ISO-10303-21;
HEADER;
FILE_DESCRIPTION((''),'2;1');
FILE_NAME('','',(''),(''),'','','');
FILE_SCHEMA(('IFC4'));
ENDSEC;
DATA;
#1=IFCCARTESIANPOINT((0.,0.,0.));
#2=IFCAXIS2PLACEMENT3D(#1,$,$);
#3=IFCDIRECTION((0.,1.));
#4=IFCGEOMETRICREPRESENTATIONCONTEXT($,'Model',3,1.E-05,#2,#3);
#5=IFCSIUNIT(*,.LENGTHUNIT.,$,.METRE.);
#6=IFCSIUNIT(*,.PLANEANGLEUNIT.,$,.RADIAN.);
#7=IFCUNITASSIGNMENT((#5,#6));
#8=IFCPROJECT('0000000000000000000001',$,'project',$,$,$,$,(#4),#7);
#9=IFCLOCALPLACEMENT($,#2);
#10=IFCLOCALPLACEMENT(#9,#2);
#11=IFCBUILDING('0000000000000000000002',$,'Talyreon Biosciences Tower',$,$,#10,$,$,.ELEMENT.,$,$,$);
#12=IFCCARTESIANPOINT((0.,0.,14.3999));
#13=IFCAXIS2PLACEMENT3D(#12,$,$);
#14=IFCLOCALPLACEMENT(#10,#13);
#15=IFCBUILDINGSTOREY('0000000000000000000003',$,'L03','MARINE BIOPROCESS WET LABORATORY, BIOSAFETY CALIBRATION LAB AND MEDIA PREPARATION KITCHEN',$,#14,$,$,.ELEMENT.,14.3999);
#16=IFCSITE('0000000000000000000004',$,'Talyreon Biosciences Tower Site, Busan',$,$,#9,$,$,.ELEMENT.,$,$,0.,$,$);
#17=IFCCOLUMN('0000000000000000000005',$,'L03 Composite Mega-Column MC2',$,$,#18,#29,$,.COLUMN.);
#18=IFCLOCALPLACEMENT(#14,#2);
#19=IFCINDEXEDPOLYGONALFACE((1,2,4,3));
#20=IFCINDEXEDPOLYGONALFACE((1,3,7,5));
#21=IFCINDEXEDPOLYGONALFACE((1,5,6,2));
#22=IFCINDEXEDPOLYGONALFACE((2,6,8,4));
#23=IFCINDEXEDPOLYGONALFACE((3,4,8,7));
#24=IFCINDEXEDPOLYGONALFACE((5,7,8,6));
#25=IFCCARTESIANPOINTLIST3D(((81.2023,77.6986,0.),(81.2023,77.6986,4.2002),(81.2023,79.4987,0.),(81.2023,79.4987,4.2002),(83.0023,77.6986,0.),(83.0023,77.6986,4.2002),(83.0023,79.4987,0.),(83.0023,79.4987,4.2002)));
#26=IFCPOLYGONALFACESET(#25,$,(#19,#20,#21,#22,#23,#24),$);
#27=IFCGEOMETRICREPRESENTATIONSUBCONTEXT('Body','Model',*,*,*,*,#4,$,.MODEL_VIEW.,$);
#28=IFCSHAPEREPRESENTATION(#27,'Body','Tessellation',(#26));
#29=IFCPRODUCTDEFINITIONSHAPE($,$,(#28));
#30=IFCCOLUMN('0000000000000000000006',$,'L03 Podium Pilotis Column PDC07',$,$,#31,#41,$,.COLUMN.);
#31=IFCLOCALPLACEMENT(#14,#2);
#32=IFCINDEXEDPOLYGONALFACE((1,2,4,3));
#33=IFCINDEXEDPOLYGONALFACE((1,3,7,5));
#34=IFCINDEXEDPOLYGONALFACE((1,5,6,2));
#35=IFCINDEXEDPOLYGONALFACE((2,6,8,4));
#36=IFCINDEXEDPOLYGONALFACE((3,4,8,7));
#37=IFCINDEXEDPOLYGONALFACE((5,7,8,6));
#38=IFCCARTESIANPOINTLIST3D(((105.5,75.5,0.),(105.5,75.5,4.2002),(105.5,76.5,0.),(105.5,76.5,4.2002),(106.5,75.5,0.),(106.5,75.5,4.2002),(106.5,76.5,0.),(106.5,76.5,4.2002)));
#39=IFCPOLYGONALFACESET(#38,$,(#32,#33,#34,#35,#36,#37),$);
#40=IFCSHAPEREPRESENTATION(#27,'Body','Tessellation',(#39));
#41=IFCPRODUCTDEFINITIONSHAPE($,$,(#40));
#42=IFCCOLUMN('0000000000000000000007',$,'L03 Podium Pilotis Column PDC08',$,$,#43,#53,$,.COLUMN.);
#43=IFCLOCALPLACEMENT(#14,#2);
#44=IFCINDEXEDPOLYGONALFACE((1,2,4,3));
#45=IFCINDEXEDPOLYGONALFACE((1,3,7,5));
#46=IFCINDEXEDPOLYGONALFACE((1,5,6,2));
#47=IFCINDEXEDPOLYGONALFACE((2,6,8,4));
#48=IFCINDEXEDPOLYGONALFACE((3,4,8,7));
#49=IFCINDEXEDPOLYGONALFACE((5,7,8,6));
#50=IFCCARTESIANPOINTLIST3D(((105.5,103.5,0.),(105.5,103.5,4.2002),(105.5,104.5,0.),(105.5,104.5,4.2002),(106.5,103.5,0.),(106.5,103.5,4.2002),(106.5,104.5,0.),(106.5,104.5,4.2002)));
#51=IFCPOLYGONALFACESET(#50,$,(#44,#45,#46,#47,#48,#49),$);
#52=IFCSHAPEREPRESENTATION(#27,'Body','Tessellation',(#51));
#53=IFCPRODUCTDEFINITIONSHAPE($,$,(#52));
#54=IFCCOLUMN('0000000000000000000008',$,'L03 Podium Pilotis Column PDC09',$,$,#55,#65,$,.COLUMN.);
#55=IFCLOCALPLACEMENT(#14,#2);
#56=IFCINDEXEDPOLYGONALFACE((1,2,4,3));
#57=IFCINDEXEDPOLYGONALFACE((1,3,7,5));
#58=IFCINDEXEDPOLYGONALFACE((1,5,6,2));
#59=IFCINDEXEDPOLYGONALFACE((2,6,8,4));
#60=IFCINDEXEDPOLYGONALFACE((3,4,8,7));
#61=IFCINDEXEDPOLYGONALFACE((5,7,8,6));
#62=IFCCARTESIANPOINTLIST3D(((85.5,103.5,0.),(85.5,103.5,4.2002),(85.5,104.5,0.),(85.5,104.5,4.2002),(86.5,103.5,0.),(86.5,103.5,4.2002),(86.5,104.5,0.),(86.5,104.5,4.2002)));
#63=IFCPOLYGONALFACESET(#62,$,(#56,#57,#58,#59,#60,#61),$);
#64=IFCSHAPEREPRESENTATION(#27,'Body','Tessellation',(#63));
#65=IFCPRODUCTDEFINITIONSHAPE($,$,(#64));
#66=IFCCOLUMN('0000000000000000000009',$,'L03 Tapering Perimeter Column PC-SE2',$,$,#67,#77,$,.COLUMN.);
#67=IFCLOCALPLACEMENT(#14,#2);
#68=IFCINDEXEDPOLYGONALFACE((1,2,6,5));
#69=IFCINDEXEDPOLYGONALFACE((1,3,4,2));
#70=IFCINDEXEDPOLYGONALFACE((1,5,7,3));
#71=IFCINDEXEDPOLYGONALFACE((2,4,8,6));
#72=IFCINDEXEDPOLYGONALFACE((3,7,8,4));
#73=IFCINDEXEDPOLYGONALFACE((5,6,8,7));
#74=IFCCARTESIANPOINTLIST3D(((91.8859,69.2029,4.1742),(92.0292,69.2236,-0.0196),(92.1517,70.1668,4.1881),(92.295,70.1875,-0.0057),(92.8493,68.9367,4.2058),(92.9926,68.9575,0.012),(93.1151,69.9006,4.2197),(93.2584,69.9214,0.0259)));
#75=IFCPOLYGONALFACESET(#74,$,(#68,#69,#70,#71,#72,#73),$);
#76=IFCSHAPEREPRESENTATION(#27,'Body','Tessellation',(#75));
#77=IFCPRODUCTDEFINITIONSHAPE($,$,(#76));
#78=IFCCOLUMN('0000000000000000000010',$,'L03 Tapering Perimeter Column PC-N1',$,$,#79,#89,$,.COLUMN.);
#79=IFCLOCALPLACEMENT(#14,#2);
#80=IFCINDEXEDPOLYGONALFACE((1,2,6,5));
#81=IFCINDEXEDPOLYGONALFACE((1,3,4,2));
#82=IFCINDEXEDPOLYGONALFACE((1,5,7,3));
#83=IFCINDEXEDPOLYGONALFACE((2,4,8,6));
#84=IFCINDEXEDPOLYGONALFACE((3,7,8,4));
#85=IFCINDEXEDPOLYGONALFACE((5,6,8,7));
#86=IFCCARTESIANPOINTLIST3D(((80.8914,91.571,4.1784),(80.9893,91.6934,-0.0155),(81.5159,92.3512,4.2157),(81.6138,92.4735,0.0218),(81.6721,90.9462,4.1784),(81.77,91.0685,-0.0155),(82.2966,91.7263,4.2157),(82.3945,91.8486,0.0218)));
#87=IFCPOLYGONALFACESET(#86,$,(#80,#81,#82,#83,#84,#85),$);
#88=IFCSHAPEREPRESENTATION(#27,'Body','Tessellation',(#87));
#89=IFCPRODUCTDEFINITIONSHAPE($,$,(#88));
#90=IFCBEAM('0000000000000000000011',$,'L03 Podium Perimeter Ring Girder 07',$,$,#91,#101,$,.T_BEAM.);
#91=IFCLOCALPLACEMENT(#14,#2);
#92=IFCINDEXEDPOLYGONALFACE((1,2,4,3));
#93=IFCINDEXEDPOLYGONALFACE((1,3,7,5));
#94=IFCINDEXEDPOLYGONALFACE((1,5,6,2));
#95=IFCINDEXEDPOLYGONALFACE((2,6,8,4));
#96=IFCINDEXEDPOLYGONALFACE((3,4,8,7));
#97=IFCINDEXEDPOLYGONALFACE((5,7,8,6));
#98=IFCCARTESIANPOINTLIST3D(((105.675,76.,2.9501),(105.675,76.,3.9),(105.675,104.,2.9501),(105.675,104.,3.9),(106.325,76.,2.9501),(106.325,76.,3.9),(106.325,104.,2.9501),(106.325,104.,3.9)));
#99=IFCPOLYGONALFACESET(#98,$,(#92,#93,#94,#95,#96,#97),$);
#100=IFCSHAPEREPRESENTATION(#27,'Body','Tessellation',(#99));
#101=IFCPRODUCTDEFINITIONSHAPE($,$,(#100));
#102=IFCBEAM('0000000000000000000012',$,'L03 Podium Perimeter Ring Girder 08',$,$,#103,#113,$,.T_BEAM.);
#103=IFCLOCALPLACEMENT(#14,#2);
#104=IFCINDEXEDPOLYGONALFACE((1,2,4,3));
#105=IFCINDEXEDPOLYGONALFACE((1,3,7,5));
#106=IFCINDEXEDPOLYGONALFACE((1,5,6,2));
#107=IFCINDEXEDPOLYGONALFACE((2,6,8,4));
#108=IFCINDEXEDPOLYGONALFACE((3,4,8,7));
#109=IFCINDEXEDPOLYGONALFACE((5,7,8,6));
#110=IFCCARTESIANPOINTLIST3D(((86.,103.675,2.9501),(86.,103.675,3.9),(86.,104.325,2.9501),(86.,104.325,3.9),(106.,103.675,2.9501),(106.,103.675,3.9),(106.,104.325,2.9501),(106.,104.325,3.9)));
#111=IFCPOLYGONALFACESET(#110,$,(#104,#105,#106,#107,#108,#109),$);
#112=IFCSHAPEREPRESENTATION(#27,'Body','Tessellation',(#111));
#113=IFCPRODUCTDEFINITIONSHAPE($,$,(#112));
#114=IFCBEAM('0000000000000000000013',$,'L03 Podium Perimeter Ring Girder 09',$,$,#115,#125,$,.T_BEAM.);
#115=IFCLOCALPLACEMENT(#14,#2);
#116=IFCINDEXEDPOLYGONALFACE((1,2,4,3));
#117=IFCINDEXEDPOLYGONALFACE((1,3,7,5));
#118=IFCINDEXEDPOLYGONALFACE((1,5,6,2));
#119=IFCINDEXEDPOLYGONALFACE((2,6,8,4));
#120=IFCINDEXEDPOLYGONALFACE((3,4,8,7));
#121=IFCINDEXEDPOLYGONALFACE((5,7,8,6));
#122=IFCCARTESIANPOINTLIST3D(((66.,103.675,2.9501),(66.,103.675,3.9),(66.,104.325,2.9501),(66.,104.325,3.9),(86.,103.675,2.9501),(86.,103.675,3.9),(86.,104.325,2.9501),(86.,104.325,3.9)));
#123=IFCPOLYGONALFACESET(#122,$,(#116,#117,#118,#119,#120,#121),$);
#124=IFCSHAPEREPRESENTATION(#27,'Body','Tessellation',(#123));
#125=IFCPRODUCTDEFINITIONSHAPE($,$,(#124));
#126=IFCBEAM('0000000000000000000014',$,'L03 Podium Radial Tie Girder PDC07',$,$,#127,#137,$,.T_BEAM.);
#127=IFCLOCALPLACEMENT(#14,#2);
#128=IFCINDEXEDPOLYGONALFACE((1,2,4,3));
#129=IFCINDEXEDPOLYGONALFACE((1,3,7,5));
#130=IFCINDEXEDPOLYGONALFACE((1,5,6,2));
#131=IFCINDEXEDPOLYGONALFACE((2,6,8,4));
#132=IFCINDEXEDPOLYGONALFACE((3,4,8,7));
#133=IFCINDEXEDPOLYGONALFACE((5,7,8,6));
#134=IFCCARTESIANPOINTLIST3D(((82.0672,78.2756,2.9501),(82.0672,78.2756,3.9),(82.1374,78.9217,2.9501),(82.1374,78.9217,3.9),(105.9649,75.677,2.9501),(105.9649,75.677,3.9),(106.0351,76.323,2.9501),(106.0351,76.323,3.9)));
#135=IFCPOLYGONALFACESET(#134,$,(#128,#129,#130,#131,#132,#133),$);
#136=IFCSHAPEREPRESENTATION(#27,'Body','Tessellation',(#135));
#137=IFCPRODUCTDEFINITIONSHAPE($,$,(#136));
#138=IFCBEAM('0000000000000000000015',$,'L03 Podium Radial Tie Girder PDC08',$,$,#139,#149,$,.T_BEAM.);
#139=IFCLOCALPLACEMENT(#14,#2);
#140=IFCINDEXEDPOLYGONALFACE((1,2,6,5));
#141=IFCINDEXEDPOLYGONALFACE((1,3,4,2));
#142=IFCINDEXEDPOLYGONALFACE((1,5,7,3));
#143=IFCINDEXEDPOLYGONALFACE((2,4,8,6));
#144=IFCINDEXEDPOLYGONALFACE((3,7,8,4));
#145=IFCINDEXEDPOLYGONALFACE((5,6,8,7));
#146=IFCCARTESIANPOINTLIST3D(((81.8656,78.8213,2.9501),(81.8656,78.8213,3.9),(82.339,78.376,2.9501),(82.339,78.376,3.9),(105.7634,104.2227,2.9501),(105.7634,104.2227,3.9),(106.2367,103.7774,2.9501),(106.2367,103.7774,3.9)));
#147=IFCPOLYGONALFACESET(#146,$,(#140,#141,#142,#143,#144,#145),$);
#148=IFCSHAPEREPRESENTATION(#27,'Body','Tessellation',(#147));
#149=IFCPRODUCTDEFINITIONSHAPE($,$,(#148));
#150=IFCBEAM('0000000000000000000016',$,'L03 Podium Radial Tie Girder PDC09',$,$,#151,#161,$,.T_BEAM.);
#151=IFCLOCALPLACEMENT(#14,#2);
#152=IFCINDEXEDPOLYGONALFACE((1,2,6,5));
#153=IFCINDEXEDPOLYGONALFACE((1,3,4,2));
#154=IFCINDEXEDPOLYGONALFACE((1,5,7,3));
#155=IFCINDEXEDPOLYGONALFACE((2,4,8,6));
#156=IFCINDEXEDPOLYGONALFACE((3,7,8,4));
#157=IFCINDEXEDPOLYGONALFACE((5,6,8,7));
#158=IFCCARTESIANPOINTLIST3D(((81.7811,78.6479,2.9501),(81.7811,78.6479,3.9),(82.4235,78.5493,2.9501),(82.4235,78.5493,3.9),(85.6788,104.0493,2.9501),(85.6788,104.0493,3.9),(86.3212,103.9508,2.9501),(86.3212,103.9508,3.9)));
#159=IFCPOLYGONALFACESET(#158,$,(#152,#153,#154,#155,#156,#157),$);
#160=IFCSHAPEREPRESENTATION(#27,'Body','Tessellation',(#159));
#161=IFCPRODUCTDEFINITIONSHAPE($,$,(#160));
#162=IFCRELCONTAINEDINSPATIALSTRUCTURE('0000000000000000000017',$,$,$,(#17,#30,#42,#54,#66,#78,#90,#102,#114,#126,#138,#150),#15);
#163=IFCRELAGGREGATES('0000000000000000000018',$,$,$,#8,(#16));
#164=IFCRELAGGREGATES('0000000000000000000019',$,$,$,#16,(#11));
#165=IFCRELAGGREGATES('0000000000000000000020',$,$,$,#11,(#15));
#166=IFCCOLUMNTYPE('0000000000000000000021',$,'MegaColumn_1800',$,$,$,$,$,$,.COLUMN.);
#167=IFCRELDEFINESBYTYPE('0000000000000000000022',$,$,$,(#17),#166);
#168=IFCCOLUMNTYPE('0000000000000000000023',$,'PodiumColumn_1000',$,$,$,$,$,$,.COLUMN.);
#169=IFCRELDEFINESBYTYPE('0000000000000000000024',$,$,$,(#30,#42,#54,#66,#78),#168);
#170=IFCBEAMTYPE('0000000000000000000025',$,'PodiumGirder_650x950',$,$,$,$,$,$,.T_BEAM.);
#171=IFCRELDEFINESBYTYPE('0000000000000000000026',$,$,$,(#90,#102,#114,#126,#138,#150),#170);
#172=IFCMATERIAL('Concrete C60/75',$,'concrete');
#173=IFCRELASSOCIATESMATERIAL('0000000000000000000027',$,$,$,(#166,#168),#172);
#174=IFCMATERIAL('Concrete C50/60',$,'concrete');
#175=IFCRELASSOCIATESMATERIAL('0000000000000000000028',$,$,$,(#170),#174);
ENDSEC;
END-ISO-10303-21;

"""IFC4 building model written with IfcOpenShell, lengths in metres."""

from ifc_helpers import new_model, si_unit, direction, frame, origin, origin_2d, place, context, subcontext, project, spatial, rectangle, extrude, material, material_profile, profile_set, type_object, element, save


model = new_model("IFC4")

# Units and contexts
model_context = context("Model", 3, precision=1e-05, world=origin(), true_north=direction((0.0, 1.0)))
body_context = subcontext(model_context, "Body", "Model", "MODEL_VIEW")
ifc_project = project(units=[si_unit("LENGTHUNIT", "METRE"), si_unit("PLANEANGLEUNIT", "RADIAN")], contexts=[model_context])

# Site, building, storey
site_placement = place(None, origin())
site = spatial("IfcSite", under=ifc_project, at=site_placement, Name="Talyreon Biosciences Tower Site, Busan", CompositionType="ELEMENT", RefElevation=0.0)
building_placement = place(site_placement, origin())
building = spatial("IfcBuilding", under=site, at=building_placement, Name="Talyreon Biosciences Tower", CompositionType="ELEMENT")
storey_placement = place(building_placement, frame((0.0, 0.0, 14.3999)))
storey = spatial("IfcBuildingStorey", under=building, at=storey_placement, Name="L03", Description="MARINE BIOPROCESS WET LABORATORY, BIOSAFETY CALIBRATION LAB AND MEDIA PREPARATION KITCHEN", CompositionType="ELEMENT", Elevation=14.3999)

# Columns
ifc_material_1 = material(Name="Concrete C60/75", Category="concrete")
ifc_material_profile_1 = material_profile(ifc_material_1, rectangle(XDim=1.8, YDim=1.8, at=origin_2d()), Name="RC 1800x1800")
ifc_profile_set_1 = profile_set([ifc_material_profile_1], Name="Concrete C60/75")
column_type_1 = type_object("IfcColumnType", Name="MegaColumn_1800", PredefinedType="COLUMN", material=ifc_profile_set_1)
column_1_placement = place(storey_placement, frame((82.1023, 78.5986, 0.0), z_axis=(0.0, 0.0, 1.0), x_axis=(1.0, 0.0, 0.0)))
element("IfcColumn", 1, at=column_1_placement, inside=storey, type_object=column_type_1, Name="L03 Composite Mega-Column MC2", PredefinedType="COLUMN", context=body_context, shape_type="SweptSolid", body=[
    extrude(rectangle(XDim=1.8, YDim=1.8, at=origin_2d()), origin(), (0.0, 0.0, 1.0), 4.2002),
])
ifc_material_profile_2 = material_profile(ifc_material_1, rectangle(XDim=1.0, YDim=1.0, at=origin_2d()), Name="RC 1000x1000")
ifc_profile_set_2 = profile_set([ifc_material_profile_2], Name="Concrete C60/75")
column_type_2 = type_object("IfcColumnType", Name="PodiumColumn_1000", PredefinedType="COLUMN", material=ifc_profile_set_2)
for number, where, z_axis, x_axis, name in (
    (2, (106.0, 76.0, 0.0), (0.0, 0.0, 1.0), (1.0, 0.0, 0.0), "L03 Podium Pilotis Column PDC07"),
    (3, (106.0, 104.0, 0.0), (0.0, 0.0, 1.0), (1.0, 0.0, 0.0), "L03 Podium Pilotis Column PDC08"),
    (4, (86.0, 104.0, 0.0), (0.0, 0.0, 1.0), (1.0, 0.0, 0.0), "L03 Podium Pilotis Column PDC09"),
):
    element("IfcColumn", number, at=place(storey_placement, frame(where, z_axis=z_axis, x_axis=x_axis)), inside=storey, type_object=column_type_2, Name=name, PredefinedType="COLUMN", context=body_context, shape_type="SweptSolid", body=[
        extrude(rectangle(XDim=1.0, YDim=1.0, at=origin_2d()), origin(), (0.0, 0.0, 1.0), 4.2002),
    ])
column_2_placement = place(storey_placement, frame((92.6438, 69.5725, 0.0032), z_axis=(-0.034151, -0.004945, 0.999404), x_axis=(0.963414, -0.266149, 0.031604)))
element("IfcColumn", 5, at=column_2_placement, inside=storey, type_object=column_type_2, Name="L03 Tapering Perimeter Column PC-SE2", PredefinedType="COLUMN", context=body_context, shape_type="SweptSolid", body=[
    extrude(rectangle(XDim=1.0, YDim=1.0, at=origin_2d()), origin(), (0.0, 0.0, 1.0), 4.1963),
])
column_3_placement = place(storey_placement, frame((81.6919, 91.771, 0.0032), z_axis=(-0.023328, -0.029145, 0.999303), x_axis=(-0.780717, 0.624885, 0.0)))
element("IfcColumn", 6, at=column_3_placement, inside=storey, type_object=column_type_2, Name="L03 Tapering Perimeter Column PC-N1", PredefinedType="COLUMN", context=body_context, shape_type="SweptSolid", body=[
    extrude(rectangle(XDim=1.0, YDim=1.0, at=origin_2d()), origin(), (0.0, 0.0, 1.0), 4.1968),
])

# Beams
ifc_material_2 = material(Name="Concrete C50/60", Category="concrete")
ifc_material_profile_3 = material_profile(ifc_material_2, rectangle(XDim=0.6499, YDim=0.95, at=origin_2d()), Name="RCB 650x950")
ifc_profile_set_3 = profile_set([ifc_material_profile_3], Name="Concrete C50/60")
beam_type_1 = type_object("IfcBeamType", Name="PodiumGirder_650x950", PredefinedType="T_BEAM", material=ifc_profile_set_3)
beam_1_placement = place(storey_placement, frame((106.0, 76.0, 3.425), z_axis=(0.0, 1.0, 0.0), x_axis=(-1.0, 0.0, 0.0)))
element("IfcBeam", 7, at=beam_1_placement, inside=storey, type_object=beam_type_1, Name="L03 Podium Perimeter Ring Girder 07", PredefinedType="T_BEAM", context=body_context, shape_type="SweptSolid", body=[
    extrude(rectangle(XDim=0.6499, YDim=0.95, at=origin_2d()), origin(), (0.0, 0.0, 1.0), 28.0),
])
for number, where, z_axis, x_axis, name in (
    (8, (106.0, 104.0, 3.425), (-1.0, 0.0, 0.0), (0.0, -1.0, 0.0), "L03 Podium Perimeter Ring Girder 08"),
    (9, (86.0, 104.0, 3.425), (-1.0, 0.0, 0.0), (0.0, -1.0, 0.0), "L03 Podium Perimeter Ring Girder 09"),
):
    element("IfcBeam", number, at=place(storey_placement, frame(where, z_axis=z_axis, x_axis=x_axis)), inside=storey, type_object=beam_type_1, Name=name, PredefinedType="T_BEAM", context=body_context, shape_type="SweptSolid", body=[
        extrude(rectangle(XDim=0.6499, YDim=0.95, at=origin_2d()), origin(), (0.0, 0.0, 1.0), 20.0),
    ])
beam_2_placement = place(storey_placement, frame((82.1023, 78.5986, 3.425), z_axis=(0.99414, -0.108103, 0.0), x_axis=(0.108103, 0.99414, 0.0)))
element("IfcBeam", 10, at=beam_2_placement, inside=storey, type_object=beam_type_1, Name="L03 Podium Radial Tie Girder PDC07", PredefinedType="T_BEAM", context=body_context, shape_type="SweptSolid", body=[
    extrude(rectangle(XDim=0.6499, YDim=0.95, at=origin_2d()), origin(), (0.0, 0.0, 1.0), 24.0386),
])
beam_3_placement = place(storey_placement, frame((82.1023, 78.5986, 3.425), z_axis=(0.685221, 0.728335, 0.0), x_axis=(-0.728335, 0.685221, 0.0)))
element("IfcBeam", 11, at=beam_3_placement, inside=storey, type_object=beam_type_1, Name="L03 Podium Radial Tie Girder PDC08", PredefinedType="T_BEAM", context=body_context, shape_type="SweptSolid", body=[
    extrude(rectangle(XDim=0.6499, YDim=0.95, at=origin_2d()), origin(), (0.0, 0.0, 1.0), 34.876),
])
beam_4_placement = place(storey_placement, frame((82.1023, 78.5986, 3.425), z_axis=(0.15167, 0.988431, 0.0), x_axis=(-0.988431, 0.15167, 0.0)))
element("IfcBeam", 12, at=beam_4_placement, inside=storey, type_object=beam_type_1, Name="L03 Podium Radial Tie Girder PDC09", PredefinedType="T_BEAM", context=body_context, shape_type="SweptSolid", body=[
    extrude(rectangle(XDim=0.6499, YDim=0.95, at=origin_2d()), origin(), (0.0, 0.0, 1.0), 25.6987),
])

save(model, "model.ifc")
